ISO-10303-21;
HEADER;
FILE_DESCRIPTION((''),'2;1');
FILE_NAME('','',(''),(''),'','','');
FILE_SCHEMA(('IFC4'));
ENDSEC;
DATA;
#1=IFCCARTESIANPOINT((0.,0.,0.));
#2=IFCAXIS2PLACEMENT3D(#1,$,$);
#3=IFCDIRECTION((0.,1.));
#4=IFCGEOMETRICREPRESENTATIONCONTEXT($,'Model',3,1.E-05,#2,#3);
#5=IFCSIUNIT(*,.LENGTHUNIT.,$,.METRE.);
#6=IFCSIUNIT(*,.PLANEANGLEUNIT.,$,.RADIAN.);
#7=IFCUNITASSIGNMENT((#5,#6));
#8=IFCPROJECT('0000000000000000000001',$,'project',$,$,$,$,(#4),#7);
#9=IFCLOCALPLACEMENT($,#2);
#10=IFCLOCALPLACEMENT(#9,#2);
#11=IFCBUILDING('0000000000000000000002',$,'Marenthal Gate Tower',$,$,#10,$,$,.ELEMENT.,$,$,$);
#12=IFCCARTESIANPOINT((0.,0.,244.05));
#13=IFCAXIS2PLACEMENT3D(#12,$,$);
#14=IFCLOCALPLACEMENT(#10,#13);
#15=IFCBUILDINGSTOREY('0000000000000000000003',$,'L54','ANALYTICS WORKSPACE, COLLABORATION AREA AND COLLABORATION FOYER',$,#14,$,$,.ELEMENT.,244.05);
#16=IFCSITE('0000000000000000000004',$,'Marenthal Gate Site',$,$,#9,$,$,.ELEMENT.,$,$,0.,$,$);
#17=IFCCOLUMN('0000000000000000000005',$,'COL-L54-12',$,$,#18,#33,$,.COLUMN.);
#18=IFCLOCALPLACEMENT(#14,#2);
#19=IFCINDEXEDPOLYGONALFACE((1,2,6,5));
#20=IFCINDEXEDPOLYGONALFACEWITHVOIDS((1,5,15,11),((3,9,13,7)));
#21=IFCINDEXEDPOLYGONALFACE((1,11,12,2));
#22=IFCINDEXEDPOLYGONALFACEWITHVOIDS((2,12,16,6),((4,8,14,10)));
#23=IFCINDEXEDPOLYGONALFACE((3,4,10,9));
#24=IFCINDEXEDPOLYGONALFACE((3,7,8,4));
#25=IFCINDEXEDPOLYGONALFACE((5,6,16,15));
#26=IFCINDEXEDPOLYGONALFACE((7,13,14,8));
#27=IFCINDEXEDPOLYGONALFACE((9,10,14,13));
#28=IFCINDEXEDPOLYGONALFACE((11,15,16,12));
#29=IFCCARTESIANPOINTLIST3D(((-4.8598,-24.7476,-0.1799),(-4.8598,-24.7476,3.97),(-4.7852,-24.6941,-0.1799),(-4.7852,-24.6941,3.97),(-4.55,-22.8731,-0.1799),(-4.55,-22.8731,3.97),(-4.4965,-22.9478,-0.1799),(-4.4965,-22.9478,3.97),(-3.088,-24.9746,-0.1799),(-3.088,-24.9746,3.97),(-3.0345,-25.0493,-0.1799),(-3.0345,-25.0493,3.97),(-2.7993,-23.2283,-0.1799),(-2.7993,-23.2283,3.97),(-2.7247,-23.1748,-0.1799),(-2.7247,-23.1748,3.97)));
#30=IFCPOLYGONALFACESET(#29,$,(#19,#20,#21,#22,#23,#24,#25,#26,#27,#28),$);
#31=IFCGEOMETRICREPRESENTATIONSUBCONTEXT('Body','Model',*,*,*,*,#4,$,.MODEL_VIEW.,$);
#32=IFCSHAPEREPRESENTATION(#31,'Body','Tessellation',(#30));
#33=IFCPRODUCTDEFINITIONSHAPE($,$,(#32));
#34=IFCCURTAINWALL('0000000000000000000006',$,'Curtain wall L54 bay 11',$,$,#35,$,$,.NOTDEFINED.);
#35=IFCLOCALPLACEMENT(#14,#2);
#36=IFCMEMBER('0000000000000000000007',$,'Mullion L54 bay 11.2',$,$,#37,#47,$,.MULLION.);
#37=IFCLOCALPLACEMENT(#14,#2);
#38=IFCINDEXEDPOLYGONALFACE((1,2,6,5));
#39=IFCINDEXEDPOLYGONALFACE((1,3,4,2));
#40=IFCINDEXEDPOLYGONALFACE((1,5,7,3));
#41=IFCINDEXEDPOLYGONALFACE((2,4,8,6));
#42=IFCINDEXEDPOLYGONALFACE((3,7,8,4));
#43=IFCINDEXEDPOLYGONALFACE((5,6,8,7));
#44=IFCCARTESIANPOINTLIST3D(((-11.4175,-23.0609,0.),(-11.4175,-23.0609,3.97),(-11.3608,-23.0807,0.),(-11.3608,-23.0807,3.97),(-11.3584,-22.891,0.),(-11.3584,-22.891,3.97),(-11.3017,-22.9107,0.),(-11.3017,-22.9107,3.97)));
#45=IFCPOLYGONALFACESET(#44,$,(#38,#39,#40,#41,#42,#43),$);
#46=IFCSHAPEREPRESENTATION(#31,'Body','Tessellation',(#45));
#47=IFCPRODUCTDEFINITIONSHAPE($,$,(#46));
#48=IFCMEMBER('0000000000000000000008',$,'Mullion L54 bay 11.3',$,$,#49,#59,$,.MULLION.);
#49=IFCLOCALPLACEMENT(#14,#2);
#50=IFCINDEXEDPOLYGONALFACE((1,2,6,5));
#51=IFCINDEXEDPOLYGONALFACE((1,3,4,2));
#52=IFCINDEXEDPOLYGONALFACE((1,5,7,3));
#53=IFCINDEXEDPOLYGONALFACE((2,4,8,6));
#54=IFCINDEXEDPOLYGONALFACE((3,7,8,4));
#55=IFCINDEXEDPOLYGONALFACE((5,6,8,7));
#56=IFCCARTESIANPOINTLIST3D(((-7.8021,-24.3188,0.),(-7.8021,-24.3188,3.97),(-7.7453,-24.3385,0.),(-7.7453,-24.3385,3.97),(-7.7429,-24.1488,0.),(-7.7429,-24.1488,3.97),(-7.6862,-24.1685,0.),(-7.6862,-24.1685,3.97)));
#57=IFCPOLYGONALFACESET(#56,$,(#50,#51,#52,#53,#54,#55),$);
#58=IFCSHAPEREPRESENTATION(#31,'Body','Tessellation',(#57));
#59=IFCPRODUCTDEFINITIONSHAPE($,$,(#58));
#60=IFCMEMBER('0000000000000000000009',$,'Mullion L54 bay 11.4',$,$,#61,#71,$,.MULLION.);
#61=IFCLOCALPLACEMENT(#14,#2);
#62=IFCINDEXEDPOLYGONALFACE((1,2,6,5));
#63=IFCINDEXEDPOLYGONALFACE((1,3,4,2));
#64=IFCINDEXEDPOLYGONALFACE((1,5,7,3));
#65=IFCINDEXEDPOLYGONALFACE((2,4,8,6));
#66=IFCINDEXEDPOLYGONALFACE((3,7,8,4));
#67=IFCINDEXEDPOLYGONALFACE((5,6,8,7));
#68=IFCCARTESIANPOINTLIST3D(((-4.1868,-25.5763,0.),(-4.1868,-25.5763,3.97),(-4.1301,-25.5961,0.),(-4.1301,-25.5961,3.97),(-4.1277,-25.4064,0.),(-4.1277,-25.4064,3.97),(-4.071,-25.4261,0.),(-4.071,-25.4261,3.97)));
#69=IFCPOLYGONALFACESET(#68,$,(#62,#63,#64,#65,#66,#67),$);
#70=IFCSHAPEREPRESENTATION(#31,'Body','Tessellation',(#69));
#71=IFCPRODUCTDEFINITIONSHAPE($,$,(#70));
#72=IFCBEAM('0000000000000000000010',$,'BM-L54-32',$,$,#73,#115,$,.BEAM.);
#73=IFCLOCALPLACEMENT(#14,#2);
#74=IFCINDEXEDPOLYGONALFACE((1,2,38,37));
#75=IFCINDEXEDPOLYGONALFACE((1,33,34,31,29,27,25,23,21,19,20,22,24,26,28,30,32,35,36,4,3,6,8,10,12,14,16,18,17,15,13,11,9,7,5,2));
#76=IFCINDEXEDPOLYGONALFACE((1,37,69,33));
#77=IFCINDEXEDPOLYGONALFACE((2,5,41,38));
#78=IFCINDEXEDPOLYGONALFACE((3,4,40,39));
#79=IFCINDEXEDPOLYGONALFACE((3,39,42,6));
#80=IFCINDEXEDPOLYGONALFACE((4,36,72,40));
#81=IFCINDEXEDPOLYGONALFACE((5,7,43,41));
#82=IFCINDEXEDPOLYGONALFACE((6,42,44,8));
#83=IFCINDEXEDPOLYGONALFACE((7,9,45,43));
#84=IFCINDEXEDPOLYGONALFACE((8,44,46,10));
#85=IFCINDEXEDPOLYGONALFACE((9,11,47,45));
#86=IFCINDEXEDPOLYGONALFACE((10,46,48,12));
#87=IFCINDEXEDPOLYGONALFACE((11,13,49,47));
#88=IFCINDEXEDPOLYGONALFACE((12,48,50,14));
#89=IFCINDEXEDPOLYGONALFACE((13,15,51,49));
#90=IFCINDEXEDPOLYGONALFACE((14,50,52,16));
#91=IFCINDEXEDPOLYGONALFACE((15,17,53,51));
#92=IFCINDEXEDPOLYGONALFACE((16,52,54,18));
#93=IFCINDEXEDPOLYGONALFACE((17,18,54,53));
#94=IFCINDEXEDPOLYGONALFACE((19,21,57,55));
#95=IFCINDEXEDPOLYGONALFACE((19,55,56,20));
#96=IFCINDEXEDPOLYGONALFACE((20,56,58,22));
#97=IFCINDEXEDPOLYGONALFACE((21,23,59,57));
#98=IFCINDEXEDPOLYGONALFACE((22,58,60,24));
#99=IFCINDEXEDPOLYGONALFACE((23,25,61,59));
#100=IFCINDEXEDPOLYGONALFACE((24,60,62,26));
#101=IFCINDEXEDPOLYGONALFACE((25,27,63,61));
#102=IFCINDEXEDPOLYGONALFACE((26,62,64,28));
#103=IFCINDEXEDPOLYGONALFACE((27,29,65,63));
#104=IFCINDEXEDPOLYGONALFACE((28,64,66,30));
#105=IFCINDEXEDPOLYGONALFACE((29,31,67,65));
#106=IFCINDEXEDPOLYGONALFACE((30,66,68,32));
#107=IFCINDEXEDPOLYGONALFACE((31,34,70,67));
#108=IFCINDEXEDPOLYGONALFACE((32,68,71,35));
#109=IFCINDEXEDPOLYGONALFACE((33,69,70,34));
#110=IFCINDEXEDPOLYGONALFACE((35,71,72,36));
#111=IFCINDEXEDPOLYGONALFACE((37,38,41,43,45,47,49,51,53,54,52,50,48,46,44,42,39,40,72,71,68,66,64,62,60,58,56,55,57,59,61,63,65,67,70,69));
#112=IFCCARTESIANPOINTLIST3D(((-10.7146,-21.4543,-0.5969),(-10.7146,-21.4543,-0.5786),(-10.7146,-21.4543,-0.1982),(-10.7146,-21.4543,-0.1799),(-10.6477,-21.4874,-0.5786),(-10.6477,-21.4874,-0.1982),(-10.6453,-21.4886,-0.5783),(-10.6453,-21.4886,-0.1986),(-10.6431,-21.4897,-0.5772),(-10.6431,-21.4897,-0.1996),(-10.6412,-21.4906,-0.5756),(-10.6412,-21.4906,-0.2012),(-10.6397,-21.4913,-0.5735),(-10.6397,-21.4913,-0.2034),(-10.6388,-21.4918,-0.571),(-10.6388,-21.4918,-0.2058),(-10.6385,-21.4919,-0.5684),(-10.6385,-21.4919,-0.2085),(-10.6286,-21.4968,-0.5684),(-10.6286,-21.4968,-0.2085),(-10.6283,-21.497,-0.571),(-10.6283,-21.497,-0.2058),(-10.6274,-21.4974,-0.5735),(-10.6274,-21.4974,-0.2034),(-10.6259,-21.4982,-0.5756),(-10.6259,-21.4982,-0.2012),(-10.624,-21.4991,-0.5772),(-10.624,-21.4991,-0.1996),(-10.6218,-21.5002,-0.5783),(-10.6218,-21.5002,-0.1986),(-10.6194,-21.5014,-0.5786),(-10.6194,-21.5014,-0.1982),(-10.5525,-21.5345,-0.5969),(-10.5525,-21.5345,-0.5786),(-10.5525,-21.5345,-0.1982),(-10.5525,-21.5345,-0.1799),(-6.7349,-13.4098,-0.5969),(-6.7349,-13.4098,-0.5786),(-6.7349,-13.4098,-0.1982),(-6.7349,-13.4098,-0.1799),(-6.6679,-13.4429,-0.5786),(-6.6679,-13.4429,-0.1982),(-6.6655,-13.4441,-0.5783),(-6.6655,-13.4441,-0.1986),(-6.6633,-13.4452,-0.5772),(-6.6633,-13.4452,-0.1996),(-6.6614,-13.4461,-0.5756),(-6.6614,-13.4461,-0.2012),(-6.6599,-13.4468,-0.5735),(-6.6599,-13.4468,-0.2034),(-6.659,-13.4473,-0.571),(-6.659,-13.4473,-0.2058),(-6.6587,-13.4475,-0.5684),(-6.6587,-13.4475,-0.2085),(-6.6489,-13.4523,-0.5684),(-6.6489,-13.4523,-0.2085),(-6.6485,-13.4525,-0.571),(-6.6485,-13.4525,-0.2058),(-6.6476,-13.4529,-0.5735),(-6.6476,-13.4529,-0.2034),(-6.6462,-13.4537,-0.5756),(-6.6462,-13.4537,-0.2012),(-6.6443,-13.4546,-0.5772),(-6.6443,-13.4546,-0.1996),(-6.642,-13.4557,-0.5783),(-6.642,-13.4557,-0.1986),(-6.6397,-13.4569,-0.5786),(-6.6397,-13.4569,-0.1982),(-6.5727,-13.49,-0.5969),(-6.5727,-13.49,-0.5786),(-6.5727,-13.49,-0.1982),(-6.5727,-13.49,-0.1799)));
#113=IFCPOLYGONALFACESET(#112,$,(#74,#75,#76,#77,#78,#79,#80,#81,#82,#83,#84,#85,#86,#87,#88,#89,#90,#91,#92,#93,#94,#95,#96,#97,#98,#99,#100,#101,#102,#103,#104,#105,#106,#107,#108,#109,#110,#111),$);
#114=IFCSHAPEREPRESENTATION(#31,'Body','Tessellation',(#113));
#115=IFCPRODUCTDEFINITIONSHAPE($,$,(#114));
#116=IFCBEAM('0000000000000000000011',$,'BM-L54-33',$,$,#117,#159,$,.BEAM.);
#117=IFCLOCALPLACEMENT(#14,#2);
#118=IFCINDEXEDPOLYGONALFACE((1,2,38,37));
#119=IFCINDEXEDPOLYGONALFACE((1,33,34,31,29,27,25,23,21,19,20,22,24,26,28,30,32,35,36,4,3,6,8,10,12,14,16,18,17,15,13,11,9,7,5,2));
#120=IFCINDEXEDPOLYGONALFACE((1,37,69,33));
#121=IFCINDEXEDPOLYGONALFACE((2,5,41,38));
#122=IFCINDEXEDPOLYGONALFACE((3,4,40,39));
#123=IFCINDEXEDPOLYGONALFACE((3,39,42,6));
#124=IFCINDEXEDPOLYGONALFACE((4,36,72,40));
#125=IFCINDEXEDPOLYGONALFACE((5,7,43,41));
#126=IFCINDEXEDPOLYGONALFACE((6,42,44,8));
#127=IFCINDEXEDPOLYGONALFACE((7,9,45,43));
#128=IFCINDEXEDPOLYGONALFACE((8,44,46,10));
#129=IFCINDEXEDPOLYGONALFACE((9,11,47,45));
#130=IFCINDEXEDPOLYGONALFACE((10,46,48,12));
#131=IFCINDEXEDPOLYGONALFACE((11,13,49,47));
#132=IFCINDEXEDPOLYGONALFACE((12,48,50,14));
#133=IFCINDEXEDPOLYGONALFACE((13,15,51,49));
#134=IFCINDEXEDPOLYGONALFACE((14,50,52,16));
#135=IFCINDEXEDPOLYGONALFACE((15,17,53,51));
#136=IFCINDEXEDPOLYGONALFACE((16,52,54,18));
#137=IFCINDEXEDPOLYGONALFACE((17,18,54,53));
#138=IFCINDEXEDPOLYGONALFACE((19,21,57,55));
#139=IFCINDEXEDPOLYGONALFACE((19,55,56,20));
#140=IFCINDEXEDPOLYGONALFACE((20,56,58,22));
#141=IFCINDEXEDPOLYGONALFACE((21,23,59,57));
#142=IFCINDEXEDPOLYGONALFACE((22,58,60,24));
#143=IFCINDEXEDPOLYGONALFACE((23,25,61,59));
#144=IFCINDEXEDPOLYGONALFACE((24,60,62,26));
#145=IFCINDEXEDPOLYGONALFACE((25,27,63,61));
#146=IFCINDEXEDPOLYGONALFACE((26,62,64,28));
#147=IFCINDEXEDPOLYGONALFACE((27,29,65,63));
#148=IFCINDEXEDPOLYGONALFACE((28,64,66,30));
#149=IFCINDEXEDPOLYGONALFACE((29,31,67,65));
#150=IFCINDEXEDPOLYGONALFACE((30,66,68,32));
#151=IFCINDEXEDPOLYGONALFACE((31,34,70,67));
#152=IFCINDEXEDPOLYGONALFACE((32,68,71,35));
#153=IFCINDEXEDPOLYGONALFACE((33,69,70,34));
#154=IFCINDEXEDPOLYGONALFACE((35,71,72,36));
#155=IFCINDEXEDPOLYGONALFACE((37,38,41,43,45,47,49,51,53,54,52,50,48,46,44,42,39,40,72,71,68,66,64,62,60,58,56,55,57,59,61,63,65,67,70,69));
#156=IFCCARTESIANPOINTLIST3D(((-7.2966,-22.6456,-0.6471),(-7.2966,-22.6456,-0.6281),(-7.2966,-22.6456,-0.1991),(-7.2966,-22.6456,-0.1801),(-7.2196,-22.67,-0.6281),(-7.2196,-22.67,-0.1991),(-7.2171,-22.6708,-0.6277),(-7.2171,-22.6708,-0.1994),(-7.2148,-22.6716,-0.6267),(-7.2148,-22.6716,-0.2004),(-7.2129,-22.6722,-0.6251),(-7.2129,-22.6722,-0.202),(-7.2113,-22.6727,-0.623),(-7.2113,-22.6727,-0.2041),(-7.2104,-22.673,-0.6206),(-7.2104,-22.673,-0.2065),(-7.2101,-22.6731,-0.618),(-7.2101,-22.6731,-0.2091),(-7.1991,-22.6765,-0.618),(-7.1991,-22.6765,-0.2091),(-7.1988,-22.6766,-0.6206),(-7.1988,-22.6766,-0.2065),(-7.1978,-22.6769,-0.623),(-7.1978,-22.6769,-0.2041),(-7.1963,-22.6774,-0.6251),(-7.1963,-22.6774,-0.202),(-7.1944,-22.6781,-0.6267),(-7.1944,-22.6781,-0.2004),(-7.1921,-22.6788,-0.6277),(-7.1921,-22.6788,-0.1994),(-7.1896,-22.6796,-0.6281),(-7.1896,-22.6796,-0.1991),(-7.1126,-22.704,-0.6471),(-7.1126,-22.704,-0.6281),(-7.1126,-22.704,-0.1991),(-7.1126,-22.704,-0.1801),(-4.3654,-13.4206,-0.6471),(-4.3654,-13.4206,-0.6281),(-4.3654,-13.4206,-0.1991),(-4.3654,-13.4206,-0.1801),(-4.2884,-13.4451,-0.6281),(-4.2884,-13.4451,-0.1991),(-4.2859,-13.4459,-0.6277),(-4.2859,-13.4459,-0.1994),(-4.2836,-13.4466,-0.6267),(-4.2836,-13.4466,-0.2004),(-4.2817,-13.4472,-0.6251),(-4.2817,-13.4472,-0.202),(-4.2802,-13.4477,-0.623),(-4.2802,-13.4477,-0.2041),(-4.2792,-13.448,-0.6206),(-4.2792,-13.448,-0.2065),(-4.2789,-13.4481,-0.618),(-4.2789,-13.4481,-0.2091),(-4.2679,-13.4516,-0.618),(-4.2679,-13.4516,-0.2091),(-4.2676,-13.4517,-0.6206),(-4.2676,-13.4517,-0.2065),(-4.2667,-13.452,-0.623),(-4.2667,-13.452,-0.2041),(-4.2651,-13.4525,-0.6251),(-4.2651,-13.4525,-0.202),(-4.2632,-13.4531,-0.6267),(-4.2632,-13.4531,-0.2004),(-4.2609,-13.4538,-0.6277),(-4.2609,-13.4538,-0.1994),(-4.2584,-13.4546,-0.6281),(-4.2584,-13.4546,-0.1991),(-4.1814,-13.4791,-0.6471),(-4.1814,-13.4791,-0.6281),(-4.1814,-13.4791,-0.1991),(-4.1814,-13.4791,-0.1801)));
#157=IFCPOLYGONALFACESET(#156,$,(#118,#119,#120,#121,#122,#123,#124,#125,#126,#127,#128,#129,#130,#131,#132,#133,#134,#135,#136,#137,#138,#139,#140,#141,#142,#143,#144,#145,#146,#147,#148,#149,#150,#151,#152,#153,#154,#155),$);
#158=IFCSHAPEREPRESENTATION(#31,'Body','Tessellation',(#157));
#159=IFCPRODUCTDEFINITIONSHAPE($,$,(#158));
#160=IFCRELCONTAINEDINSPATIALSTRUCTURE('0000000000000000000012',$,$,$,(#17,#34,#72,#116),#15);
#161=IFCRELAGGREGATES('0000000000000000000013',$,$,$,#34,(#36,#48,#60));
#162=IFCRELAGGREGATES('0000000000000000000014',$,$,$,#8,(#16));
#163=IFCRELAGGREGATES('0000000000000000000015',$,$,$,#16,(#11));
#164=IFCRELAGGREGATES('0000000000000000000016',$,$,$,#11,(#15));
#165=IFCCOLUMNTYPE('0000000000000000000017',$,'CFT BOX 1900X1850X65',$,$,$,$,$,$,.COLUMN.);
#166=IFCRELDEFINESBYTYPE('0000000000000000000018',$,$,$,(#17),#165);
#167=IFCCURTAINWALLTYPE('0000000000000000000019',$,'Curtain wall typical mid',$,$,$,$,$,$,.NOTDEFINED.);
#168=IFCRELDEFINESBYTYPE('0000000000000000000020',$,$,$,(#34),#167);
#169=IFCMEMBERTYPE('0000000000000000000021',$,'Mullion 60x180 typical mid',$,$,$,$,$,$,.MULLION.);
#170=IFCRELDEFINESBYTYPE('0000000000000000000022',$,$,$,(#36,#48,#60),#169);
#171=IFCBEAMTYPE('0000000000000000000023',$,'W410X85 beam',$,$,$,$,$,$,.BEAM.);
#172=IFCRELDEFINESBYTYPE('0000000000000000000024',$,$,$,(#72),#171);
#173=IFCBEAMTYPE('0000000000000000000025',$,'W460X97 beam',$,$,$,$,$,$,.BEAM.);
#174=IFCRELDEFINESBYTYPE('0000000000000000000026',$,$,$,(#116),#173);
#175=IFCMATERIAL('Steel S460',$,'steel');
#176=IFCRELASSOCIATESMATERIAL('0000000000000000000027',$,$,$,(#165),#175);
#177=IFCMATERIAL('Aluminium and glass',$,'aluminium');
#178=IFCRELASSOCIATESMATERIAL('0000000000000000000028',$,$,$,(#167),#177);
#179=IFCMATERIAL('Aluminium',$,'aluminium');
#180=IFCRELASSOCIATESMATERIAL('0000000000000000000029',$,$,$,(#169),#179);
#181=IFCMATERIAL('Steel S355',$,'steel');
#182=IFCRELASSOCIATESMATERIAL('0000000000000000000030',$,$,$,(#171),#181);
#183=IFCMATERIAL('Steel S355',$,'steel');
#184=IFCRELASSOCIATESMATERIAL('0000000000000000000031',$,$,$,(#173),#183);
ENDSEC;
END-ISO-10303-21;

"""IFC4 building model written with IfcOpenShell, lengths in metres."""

from ifc_helpers import new_model, si_unit, direction, frame, origin, origin_2d, place, context, subcontext, project, spatial, rectangle, hollow_rectangle, i_section, extrude, material, material_profile, profile_set, type_object, element, aggregate, save


model = new_model("IFC4")

# Units and contexts
model_context = context("Model", 3, precision=1e-05, world=origin(), true_north=direction((0.0, 1.0)))
body_context = subcontext(model_context, "Body", "Model", "MODEL_VIEW")
ifc_project = project(units=[si_unit("LENGTHUNIT", "METRE"), si_unit("PLANEANGLEUNIT", "RADIAN")], contexts=[model_context])

# Site, building, storey
site_placement = place(None, origin())
site = spatial("IfcSite", under=ifc_project, at=site_placement, Name="Marenthal Gate Site", CompositionType="ELEMENT", RefElevation=0.0)
building_placement = place(site_placement, origin())
building = spatial("IfcBuilding", under=site, at=building_placement, Name="Marenthal Gate Tower", CompositionType="ELEMENT")
storey_placement = place(building_placement, frame((0.0, 0.0, 244.05)))
storey = spatial("IfcBuildingStorey", under=building, at=storey_placement, Name="L54", Description="ANALYTICS WORKSPACE, COLLABORATION AREA AND COLLABORATION FOYER", CompositionType="ELEMENT", Elevation=244.05)

# Column
ifc_material_1 = material(Name="Steel S460", Category="steel")
ifc_material_profile_1 = material_profile(ifc_material_1, hollow_rectangle(XDim=1.8501, YDim=1.8999, WallThickness=0.0649, at=origin_2d()), Name="CFT BOX 1900X1850X65")
ifc_material_2 = material(Name="Concrete 70 MPa", Category="concrete")
ifc_material_profile_2 = material_profile(ifc_material_2, rectangle(XDim=1.72, YDim=1.77, at=origin_2d()), Name="CFT BOX 1900X1850X65 INFILL")
ifc_profile_set_1 = profile_set([ifc_material_profile_1, ifc_material_profile_2], Name="Steel S460 shell, Concrete 70 MPa infill")
column_type = type_object("IfcColumnType", Name="CFT BOX 1900X1850X65", PredefinedType="COLUMN", material=ifc_profile_set_1)
column_placement = place(storey_placement, frame((-3.7922, -23.9612, -0.1799), z_axis=(0.0, 0.0, 1.0), x_axis=(-0.986614, 0.163073, 0.0)))
element("IfcColumn", 1, at=column_placement, inside=storey, type_object=column_type, Name="COL-L54-12", PredefinedType="COLUMN", context=body_context, shape_type="SweptSolid", body=[
    extrude(hollow_rectangle(XDim=1.8501, YDim=1.8999, WallThickness=0.0649, at=origin_2d()), origin(), (0.0, 0.0, 1.0), 4.1499),
])

# Curtain wall, members
ifc_material_3 = material(Name="Aluminium and glass", Category="aluminium")
curtain_wall_type = type_object("IfcCurtainWallType", Name="Curtain wall typical mid", PredefinedType="NOTDEFINED", material=ifc_material_3)
curtain_wall_placement = place(storey_placement, origin())
curtain_wall = element("IfcCurtainWall", 2, at=curtain_wall_placement, inside=storey, type_object=curtain_wall_type, Name="Curtain wall L54 bay 11", PredefinedType="NOTDEFINED")
ifc_material_4 = material(Name="Aluminium", Category="aluminium")
ifc_material_profile_3 = material_profile(ifc_material_4, rectangle(XDim=0.1799, YDim=0.0601, at=origin_2d()), Name="60x180 aluminium mullion")
ifc_profile_set_2 = profile_set([ifc_material_profile_3], Name="Aluminium")
member_type = type_object("IfcMemberType", Name="Mullion 60x180 typical mid", PredefinedType="MULLION", material=ifc_profile_set_2)
member_1_placement = place(storey_placement, frame((-11.3596, -22.9858, 0.0), z_axis=(0.0, 0.0, 1.0), x_axis=(0.32854, 0.94449, 0.0)))
member_1 = element("IfcMember", 3, at=member_1_placement, type_object=member_type, Name="Mullion L54 bay 11.2", PredefinedType="MULLION", context=body_context, shape_type="SweptSolid", body=[
    extrude(rectangle(XDim=0.1799, YDim=0.0601, at=origin_2d()), origin(), (0.0, 0.0, 1.0), 3.97),
])
member_2_placement = place(storey_placement, frame((-7.7441, -24.2437, 0.0), z_axis=(0.0, 0.0, 1.0), x_axis=(0.32854, 0.94449, 0.0)))
member_2 = element("IfcMember", 4, at=member_2_placement, type_object=member_type, Name="Mullion L54 bay 11.3", PredefinedType="MULLION", context=body_context, shape_type="SweptSolid", body=[
    extrude(rectangle(XDim=0.1799, YDim=0.0601, at=origin_2d()), origin(), (0.0, 0.0, 1.0), 3.97),
])
member_3_placement = place(storey_placement, frame((-4.1289, -25.5012, 0.0), z_axis=(0.0, 0.0, 1.0), x_axis=(0.32854, 0.94449, 0.0)))
member_3 = element("IfcMember", 5, at=member_3_placement, type_object=member_type, Name="Mullion L54 bay 11.4", PredefinedType="MULLION", context=body_context, shape_type="SweptSolid", body=[
    extrude(rectangle(XDim=0.1799, YDim=0.0601, at=origin_2d()), origin(), (0.0, 0.0, 1.0), 3.97),
])

# Beams
ifc_material_5 = material(Name="Steel S355", Category="steel")
ifc_material_profile_4 = material_profile(ifc_material_5, i_section(OverallWidth=0.1809, OverallDepth=0.417, WebThickness=0.011, FlangeThickness=0.0183, FilletRadius=0.0103, at=origin_2d()), Name="W410X85")
ifc_profile_set_3 = profile_set([ifc_material_profile_4], Name="Steel S355")
beam_type_1 = type_object("IfcBeamType", Name="W410X85 beam", PredefinedType="BEAM", material=ifc_profile_set_3)
beam_1_placement = place(storey_placement, frame((-10.6335, -21.4944, -0.3884), z_axis=(0.443423, 0.896312, 0.0), x_axis=(-0.896312, 0.443423, 0.0)))
element("IfcBeam", 6, at=beam_1_placement, inside=storey, type_object=beam_type_1, Name="BM-L54-32", PredefinedType="BEAM", context=body_context, shape_type="SweptSolid", body=[
    extrude(i_section(OverallWidth=0.1809, OverallDepth=0.417, WebThickness=0.011, FlangeThickness=0.0183, FilletRadius=0.0103, at=origin_2d()), origin(), (0.0, 0.0, 1.0), 8.9751),
])
ifc_material_6 = material(Name="Steel S355", Category="steel")
ifc_material_profile_5 = material_profile(ifc_material_6, i_section(OverallWidth=0.1931, OverallDepth=0.467, WebThickness=0.0115, FlangeThickness=0.019, FilletRadius=0.01, at=origin_2d()), Name="W460X97")
ifc_profile_set_4 = profile_set([ifc_material_profile_5], Name="Steel S355")
beam_type_2 = type_object("IfcBeamType", Name="W460X97 beam", PredefinedType="BEAM", material=ifc_profile_set_4)
beam_2_placement = place(storey_placement, frame((-7.2046, -22.6748, -0.4136), z_axis=(0.302826, 0.953046, 0.0), x_axis=(-0.953046, 0.302826, 0.0)))
element("IfcBeam", 7, at=beam_2_placement, inside=storey, type_object=beam_type_2, Name="BM-L54-33", PredefinedType="BEAM", context=body_context, shape_type="SweptSolid", body=[
    extrude(i_section(OverallWidth=0.1931, OverallDepth=0.467, WebThickness=0.0115, FlangeThickness=0.019, FilletRadius=0.01, at=origin_2d()), origin(), (0.0, 0.0, 1.0), 9.6794),
])

aggregate(curtain_wall, [member_1, member_2, member_3])

save(model, "model.ifc")
